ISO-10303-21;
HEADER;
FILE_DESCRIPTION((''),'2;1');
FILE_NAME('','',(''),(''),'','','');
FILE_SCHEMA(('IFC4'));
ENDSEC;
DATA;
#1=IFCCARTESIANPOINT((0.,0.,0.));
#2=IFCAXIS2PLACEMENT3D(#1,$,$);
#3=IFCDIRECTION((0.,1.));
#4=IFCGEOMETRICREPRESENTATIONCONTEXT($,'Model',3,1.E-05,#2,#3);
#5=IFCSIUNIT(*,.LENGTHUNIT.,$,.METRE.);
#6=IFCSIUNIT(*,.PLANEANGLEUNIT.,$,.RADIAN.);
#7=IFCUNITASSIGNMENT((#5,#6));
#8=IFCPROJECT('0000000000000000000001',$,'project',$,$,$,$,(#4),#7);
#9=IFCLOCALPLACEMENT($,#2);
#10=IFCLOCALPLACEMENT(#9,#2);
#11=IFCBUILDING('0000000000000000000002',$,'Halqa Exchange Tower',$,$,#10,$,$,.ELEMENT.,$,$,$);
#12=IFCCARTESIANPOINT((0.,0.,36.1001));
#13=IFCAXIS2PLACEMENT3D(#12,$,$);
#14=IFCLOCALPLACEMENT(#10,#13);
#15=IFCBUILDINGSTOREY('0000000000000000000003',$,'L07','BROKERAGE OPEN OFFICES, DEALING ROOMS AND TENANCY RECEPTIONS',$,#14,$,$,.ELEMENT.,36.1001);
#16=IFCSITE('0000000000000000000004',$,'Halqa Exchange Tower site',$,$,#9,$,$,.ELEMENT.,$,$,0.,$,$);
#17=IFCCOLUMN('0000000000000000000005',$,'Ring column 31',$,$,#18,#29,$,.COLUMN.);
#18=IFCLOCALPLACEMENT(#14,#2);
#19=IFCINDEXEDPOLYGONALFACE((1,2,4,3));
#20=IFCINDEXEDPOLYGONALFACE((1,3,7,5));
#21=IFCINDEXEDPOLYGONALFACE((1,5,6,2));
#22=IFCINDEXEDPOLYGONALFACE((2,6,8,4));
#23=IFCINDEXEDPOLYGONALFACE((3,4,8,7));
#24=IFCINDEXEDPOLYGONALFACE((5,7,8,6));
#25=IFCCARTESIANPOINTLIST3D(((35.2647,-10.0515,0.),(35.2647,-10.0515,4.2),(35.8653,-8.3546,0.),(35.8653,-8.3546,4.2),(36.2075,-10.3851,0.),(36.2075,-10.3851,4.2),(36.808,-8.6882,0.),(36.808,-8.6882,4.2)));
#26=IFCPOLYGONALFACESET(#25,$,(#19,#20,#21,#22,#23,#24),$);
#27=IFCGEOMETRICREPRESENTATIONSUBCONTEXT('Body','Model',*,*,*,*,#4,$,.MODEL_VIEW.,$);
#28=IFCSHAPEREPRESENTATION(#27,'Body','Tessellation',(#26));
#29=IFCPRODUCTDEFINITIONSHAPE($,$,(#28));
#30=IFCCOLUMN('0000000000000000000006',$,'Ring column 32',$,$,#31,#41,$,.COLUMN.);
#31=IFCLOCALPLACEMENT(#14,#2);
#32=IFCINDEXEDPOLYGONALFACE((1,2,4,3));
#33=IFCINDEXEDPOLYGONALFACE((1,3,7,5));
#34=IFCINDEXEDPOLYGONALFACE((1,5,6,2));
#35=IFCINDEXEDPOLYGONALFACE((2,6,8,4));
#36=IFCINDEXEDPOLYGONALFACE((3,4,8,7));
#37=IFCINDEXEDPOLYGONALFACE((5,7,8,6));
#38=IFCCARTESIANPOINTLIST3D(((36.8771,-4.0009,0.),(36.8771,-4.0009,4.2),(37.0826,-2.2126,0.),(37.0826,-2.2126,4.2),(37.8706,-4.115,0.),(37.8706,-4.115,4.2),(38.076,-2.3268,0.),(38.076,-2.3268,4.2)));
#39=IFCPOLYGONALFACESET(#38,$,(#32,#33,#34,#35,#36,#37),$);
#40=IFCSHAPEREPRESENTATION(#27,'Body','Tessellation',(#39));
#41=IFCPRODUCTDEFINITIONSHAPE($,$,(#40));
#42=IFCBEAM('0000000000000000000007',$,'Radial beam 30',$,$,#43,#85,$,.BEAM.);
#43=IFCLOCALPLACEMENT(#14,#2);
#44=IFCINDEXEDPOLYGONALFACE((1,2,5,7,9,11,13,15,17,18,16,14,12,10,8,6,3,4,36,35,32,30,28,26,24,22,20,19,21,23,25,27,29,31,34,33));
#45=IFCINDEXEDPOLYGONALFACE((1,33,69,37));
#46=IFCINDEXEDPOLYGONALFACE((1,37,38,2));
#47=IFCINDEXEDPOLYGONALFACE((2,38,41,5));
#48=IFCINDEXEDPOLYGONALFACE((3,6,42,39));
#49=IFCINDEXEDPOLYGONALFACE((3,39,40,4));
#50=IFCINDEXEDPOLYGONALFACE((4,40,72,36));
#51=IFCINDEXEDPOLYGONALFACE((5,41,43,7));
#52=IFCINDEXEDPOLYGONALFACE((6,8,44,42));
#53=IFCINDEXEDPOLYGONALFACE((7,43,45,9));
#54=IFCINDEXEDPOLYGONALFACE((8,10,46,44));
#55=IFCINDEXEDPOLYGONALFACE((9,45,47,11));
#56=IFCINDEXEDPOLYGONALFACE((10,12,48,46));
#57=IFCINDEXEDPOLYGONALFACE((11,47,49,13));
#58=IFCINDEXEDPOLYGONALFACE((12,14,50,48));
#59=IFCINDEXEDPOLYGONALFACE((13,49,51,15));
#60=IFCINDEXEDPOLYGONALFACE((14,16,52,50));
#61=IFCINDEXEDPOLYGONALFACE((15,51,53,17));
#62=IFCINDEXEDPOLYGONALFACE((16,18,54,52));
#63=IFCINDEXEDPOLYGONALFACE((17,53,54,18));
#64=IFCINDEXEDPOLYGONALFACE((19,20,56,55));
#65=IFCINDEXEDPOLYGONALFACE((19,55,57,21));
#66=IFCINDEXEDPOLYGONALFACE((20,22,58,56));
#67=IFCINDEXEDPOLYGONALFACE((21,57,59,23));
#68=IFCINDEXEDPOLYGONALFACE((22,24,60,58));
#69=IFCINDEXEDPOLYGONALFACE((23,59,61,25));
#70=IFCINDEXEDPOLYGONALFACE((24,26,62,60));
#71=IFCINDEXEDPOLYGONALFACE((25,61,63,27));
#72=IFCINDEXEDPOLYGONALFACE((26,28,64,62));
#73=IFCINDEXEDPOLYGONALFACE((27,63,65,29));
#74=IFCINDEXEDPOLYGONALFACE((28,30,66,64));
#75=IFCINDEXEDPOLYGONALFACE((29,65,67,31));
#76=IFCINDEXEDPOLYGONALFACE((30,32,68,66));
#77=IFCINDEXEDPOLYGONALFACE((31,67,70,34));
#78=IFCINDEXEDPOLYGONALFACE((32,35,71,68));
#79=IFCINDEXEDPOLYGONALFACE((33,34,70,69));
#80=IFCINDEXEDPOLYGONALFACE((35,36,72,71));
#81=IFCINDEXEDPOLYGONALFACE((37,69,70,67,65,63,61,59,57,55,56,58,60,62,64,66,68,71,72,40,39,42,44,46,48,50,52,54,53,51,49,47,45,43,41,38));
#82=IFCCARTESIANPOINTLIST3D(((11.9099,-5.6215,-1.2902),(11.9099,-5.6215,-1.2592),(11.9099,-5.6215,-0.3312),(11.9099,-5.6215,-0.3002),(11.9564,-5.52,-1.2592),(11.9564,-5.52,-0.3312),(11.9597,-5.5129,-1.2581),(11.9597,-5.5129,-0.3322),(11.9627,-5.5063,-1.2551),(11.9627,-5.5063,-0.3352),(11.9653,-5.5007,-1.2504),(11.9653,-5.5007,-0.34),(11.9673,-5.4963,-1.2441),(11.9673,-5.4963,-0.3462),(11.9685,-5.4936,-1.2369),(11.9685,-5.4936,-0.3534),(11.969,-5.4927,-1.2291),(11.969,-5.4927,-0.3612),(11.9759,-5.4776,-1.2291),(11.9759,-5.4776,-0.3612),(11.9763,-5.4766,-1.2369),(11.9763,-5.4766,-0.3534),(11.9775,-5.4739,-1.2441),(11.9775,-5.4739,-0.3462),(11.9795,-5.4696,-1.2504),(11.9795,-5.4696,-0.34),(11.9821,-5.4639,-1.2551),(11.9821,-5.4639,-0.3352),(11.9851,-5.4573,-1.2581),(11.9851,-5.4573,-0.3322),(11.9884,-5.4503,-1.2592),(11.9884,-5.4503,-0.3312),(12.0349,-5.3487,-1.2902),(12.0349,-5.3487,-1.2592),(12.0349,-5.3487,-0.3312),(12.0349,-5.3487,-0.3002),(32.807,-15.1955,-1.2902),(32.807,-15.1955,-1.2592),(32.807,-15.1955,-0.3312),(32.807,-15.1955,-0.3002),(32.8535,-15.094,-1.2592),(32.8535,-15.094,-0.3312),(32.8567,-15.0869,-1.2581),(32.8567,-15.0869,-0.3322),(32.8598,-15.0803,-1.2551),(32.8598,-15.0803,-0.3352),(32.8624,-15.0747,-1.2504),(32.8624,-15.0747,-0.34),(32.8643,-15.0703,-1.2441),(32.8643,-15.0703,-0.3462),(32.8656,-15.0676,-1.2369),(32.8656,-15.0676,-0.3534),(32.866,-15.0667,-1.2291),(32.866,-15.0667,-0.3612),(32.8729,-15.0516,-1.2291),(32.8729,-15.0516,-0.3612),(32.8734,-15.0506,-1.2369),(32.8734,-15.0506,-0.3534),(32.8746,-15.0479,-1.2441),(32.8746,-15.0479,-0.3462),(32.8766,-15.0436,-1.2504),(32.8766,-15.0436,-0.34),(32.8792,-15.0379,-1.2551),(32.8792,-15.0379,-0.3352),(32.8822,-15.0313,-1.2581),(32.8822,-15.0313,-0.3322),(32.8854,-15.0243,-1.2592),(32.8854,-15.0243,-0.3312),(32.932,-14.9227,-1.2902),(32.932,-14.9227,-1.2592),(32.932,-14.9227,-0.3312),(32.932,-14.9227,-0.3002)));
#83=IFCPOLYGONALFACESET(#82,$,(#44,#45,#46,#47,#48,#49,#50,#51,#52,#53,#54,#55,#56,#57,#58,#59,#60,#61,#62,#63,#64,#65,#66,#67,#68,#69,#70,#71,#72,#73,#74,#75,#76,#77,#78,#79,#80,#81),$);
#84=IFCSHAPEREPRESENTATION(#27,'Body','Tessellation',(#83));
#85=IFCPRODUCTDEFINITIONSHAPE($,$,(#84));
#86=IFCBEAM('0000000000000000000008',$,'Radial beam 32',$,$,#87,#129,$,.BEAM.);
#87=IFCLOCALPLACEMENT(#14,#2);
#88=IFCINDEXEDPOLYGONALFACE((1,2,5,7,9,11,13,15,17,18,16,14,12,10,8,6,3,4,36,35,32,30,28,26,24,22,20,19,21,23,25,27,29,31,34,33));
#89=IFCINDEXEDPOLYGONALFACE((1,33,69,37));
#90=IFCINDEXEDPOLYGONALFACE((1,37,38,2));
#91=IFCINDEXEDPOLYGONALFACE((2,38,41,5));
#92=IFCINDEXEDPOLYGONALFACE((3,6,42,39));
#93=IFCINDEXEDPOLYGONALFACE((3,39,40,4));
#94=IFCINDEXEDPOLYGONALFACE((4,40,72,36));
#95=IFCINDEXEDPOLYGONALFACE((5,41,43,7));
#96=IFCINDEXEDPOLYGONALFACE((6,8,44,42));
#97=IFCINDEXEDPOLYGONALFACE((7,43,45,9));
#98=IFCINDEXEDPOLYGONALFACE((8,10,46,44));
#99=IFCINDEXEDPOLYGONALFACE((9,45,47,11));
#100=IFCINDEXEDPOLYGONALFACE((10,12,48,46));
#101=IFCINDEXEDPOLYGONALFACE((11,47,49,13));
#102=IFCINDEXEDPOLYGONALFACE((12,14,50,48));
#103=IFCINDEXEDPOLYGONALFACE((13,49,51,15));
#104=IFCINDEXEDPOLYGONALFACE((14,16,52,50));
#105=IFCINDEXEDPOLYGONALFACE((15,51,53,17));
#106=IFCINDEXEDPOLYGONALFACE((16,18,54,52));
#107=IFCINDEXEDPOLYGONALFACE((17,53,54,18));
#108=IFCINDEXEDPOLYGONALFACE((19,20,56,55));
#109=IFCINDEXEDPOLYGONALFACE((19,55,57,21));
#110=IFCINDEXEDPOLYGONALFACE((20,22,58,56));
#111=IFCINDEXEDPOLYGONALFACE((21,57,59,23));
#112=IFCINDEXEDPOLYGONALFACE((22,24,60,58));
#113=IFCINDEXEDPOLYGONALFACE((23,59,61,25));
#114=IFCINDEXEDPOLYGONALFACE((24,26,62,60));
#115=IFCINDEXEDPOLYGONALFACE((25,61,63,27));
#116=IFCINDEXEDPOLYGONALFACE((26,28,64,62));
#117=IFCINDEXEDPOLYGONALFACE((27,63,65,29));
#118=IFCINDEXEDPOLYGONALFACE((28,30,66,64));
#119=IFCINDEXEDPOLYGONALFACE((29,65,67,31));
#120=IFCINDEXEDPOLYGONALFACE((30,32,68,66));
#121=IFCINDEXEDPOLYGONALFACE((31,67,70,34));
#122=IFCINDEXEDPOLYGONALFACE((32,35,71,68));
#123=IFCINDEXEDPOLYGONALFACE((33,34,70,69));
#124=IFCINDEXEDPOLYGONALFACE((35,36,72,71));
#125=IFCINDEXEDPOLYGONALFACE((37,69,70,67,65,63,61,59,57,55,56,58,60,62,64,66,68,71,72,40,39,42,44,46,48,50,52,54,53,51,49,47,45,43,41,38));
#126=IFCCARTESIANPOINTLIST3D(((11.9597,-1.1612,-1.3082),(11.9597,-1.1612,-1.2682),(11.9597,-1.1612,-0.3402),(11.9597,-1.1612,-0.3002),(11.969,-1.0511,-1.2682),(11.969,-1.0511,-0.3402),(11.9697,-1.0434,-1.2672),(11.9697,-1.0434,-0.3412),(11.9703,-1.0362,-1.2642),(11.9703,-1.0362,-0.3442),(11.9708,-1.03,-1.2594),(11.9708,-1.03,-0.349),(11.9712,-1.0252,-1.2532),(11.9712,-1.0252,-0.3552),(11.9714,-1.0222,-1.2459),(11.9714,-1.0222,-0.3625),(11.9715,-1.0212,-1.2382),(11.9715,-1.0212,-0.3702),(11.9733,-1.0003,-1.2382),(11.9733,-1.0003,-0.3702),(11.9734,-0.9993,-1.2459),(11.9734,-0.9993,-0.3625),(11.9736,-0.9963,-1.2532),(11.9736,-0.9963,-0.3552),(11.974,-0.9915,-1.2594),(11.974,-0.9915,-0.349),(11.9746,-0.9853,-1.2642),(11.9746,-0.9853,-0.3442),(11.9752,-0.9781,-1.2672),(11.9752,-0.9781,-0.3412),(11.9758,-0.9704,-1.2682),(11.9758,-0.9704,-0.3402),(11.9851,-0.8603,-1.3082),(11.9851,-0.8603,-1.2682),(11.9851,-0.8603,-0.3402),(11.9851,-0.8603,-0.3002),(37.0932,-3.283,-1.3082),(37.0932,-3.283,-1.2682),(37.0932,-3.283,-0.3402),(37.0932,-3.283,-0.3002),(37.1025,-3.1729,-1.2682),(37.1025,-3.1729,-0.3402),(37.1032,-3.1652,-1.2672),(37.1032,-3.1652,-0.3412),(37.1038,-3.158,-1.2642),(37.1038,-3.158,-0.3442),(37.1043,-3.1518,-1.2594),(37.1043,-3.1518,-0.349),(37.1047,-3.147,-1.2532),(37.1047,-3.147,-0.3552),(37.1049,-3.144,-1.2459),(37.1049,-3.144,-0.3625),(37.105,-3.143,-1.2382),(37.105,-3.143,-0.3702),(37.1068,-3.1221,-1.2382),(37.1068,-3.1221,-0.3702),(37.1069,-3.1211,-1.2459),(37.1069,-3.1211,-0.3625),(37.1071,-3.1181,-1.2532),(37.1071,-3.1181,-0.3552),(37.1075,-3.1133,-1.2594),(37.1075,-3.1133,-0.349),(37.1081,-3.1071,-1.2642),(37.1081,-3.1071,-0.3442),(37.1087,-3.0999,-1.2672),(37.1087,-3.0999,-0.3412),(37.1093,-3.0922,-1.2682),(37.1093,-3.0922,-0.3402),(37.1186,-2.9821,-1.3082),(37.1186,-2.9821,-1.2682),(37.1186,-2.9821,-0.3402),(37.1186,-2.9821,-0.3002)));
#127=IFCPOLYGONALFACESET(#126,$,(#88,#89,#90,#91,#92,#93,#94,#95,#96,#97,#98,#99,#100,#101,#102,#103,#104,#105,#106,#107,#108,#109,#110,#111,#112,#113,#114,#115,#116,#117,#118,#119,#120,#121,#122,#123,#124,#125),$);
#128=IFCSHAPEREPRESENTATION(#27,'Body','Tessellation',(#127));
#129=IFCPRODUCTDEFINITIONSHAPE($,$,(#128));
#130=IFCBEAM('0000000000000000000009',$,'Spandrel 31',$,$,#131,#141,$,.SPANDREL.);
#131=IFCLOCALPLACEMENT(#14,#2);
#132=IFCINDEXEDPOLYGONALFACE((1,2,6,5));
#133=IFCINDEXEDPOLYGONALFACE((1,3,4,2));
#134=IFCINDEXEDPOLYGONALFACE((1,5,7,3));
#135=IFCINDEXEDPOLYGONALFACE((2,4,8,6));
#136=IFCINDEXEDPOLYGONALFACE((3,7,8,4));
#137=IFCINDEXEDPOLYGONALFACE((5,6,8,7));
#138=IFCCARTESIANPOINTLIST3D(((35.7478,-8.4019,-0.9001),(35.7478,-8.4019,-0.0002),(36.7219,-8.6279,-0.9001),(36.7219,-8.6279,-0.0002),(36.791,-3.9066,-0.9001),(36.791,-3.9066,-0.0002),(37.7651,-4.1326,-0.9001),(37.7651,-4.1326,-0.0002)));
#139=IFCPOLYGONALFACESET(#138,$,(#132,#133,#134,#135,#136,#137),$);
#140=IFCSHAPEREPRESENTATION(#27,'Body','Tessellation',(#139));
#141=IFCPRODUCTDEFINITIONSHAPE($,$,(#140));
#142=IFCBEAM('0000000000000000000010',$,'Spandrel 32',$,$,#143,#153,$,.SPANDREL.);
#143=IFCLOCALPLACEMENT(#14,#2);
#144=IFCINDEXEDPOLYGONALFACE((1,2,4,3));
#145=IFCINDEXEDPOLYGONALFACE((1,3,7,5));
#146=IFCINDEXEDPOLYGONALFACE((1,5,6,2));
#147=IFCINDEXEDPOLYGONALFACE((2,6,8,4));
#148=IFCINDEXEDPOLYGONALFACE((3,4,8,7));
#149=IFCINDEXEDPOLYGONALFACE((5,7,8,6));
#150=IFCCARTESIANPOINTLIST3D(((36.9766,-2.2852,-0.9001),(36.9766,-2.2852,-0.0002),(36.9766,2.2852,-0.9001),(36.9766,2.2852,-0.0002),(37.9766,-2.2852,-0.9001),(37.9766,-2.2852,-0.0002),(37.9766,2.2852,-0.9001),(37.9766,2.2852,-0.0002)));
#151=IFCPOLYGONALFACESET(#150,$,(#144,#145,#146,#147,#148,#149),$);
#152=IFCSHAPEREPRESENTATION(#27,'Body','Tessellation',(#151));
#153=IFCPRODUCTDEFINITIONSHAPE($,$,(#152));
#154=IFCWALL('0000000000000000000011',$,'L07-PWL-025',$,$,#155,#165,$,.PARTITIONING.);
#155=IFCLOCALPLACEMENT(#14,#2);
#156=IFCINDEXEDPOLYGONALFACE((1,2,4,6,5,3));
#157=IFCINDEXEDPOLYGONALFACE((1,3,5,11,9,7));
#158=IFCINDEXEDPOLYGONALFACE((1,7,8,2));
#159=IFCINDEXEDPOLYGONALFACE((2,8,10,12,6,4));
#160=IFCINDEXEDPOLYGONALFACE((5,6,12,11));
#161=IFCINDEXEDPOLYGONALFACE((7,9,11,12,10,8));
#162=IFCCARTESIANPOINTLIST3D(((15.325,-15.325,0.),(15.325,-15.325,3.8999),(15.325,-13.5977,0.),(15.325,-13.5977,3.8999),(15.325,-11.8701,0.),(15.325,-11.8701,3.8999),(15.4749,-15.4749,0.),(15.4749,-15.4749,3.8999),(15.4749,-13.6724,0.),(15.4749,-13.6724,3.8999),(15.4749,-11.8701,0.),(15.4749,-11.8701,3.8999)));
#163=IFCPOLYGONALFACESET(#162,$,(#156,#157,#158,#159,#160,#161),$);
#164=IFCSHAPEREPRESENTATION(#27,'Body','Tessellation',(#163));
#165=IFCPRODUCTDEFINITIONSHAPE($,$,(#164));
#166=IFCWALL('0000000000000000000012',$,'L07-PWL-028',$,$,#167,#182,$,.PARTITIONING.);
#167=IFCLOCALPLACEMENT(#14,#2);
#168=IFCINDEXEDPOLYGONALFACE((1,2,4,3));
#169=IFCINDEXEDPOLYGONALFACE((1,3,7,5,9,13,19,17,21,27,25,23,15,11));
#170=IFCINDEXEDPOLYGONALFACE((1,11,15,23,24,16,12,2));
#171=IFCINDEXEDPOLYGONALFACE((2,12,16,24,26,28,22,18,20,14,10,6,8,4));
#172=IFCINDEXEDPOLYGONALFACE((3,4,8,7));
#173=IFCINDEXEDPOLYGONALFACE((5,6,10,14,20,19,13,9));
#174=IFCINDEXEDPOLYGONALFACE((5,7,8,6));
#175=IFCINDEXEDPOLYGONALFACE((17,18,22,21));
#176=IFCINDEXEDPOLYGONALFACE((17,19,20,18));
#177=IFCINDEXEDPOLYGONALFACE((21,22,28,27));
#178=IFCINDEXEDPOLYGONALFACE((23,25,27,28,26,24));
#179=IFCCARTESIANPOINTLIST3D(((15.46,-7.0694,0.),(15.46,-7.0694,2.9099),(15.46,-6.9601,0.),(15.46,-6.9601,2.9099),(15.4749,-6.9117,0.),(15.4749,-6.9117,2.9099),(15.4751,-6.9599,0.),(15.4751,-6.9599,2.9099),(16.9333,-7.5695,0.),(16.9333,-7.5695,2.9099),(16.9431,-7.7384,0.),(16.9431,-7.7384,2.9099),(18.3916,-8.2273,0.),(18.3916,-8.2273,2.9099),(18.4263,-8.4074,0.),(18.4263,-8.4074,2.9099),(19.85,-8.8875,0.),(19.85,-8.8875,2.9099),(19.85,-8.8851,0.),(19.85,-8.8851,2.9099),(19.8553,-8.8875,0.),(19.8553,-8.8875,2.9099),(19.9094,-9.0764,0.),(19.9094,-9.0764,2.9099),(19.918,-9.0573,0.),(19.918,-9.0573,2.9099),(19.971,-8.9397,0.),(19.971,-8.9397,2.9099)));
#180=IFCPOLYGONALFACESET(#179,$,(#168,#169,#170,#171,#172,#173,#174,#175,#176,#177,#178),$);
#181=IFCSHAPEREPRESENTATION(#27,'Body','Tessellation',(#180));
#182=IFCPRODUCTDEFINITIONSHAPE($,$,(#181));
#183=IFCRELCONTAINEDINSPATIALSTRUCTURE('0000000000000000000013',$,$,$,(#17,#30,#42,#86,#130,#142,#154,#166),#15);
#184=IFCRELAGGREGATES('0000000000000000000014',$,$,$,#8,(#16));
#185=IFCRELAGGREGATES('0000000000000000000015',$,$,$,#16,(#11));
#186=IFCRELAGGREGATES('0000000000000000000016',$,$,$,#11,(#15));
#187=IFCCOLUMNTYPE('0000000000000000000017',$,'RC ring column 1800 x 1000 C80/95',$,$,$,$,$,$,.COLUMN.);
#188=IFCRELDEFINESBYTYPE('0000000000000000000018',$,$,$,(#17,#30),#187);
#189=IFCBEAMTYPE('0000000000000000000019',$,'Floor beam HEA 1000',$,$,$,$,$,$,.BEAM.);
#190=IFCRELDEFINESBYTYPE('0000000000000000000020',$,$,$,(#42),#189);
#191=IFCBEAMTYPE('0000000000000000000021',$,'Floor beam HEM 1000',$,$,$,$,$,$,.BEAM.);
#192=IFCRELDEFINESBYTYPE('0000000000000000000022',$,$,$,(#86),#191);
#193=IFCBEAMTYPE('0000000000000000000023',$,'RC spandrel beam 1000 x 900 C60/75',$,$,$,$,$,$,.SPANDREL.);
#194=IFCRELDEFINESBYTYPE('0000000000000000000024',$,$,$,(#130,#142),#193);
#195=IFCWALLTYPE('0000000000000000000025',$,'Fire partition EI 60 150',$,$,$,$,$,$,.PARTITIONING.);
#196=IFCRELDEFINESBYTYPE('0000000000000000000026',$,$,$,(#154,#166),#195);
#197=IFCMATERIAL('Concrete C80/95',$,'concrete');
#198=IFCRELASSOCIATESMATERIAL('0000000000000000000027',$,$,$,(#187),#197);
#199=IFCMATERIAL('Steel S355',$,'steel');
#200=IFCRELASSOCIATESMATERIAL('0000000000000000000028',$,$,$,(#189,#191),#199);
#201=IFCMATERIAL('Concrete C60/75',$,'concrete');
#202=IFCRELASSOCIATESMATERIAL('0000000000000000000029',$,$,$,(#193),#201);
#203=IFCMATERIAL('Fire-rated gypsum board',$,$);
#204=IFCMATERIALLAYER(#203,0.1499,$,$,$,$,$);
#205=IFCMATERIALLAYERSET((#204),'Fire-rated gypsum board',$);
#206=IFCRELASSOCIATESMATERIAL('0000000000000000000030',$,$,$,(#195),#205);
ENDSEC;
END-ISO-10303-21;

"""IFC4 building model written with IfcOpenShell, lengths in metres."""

from ifc_helpers import new_model, si_unit, direction, frame, origin, origin_2d, place, context, subcontext, project, spatial, polyline, rectangle, i_section, outline, extrude, material, layer, layer_set, material_profile, profile_set, type_object, element, save


model = new_model("IFC4")

# Units and contexts
model_context = context("Model", 3, precision=1e-05, world=origin(), true_north=direction((0.0, 1.0)))
body_context = subcontext(model_context, "Body", "Model", "MODEL_VIEW")
ifc_project = project(units=[si_unit("LENGTHUNIT", "METRE"), si_unit("PLANEANGLEUNIT", "RADIAN")], contexts=[model_context])

# Site, building, storey
site_placement = place(None, origin())
site = spatial("IfcSite", under=ifc_project, at=site_placement, Name="Halqa Exchange Tower site", CompositionType="ELEMENT", RefElevation=0.0)
building_placement = place(site_placement, origin())
building = spatial("IfcBuilding", under=site, at=building_placement, Name="Halqa Exchange Tower", CompositionType="ELEMENT")
storey_placement = place(building_placement, frame((0.0, 0.0, 36.1001)))
storey = spatial("IfcBuildingStorey", under=building, at=storey_placement, Name="L07", Description="BROKERAGE OPEN OFFICES, DEALING ROOMS AND TENANCY RECEPTIONS", CompositionType="ELEMENT", Elevation=36.1001)

# Columns
ifc_material_1 = material(Name="Concrete C80/95", Category="concrete")
ifc_material_profile_1 = material_profile(ifc_material_1, rectangle(XDim=1.8, YDim=1.0, at=origin_2d()), Name="1800 x 1000")
ifc_profile_set_1 = profile_set([ifc_material_profile_1], Name="Concrete C80/95")
column_type = type_object("IfcColumnType", Name="RC ring column 1800 x 1000 C80/95", PredefinedType="COLUMN", material=ifc_profile_set_1)
for number, where, z_axis, x_axis, name in (
    (1, (36.0364, -9.3699, 0.0), (0.0, 0.0, 1.0), (0.333631, 0.942704, 0.0), "Ring column 31"),
    (2, (37.4766, -3.1638, 0.0), (0.0, 0.0, 1.0), (0.114155, 0.993463, 0.0), "Ring column 32"),
):
    element("IfcColumn", number, at=place(storey_placement, frame(where, z_axis=z_axis, x_axis=x_axis)), inside=storey, type_object=column_type, Name=name, PredefinedType="COLUMN", context=body_context, shape_type="SweptSolid", body=[
        extrude(rectangle(XDim=1.8, YDim=1.0, at=origin_2d()), origin(), (0.0, 0.0, 1.0), 4.2),
    ])

# Beams
ifc_material_2 = material(Name="Steel S355", Category="steel")
ifc_material_profile_2 = material_profile(ifc_material_2, i_section(OverallWidth=0.3, OverallDepth=0.99, WebThickness=0.0166, FlangeThickness=0.031, FilletRadius=0.03, at=origin_2d()), Name="HEA 1000")
ifc_profile_set_2 = profile_set([ifc_material_profile_2], Name="Steel S355")
beam_type_1 = type_object("IfcBeamType", Name="Floor beam HEA 1000", PredefinedType="BEAM", material=ifc_profile_set_2)
beam_1_placement = place(storey_placement, frame((11.9724, -5.4851, -0.7952), z_axis=(0.909128, -0.416518, 0.0), x_axis=(0.416518, 0.909128, 0.0)))
element("IfcBeam", 3, at=beam_1_placement, inside=storey, type_object=beam_type_1, Name="Radial beam 30", PredefinedType="BEAM", context=body_context, shape_type="SweptSolid", body=[
    extrude(i_section(OverallWidth=0.3, OverallDepth=0.99, WebThickness=0.0166, FlangeThickness=0.031, FilletRadius=0.03, at=origin_2d()), origin(), (0.0, 0.0, 1.0), 22.9858),
])
ifc_material_profile_3 = material_profile(ifc_material_2, i_section(OverallWidth=0.302, OverallDepth=1.0081, WebThickness=0.021, FlangeThickness=0.04, FilletRadius=0.03, at=origin_2d()), Name="HEM 1000")
ifc_profile_set_3 = profile_set([ifc_material_profile_3], Name="Steel S355")
beam_type_2 = type_object("IfcBeamType", Name="Floor beam HEM 1000", PredefinedType="BEAM", material=ifc_profile_set_3)
beam_2_placement = place(storey_placement, frame((11.9724, -1.0107, -0.8042), z_axis=(0.996455, -0.084123, 0.0), x_axis=(0.084123, 0.996455, 0.0)))
element("IfcBeam", 4, at=beam_2_placement, inside=storey, type_object=beam_type_2, Name="Radial beam 32", PredefinedType="BEAM", context=body_context, shape_type="SweptSolid", body=[
    extrude(i_section(OverallWidth=0.302, OverallDepth=1.0081, WebThickness=0.021, FlangeThickness=0.04, FilletRadius=0.03, at=origin_2d()), origin(), (0.0, 0.0, 1.0), 25.2229),
])
ifc_material_3 = material(Name="Concrete C60/75", Category="concrete")
ifc_material_profile_4 = material_profile(ifc_material_3, rectangle(XDim=1.0, YDim=0.8999, at=origin_2d()), Name="1000 x 900")
ifc_profile_set_4 = profile_set([ifc_material_profile_4], Name="Concrete C60/75")
beam_type_3 = type_object("IfcBeamType", Name="RC spandrel beam 1000 x 900 C60/75", PredefinedType="SPANDREL", material=ifc_profile_set_4)
beam_3_placement = place(storey_placement, frame((36.2349, -8.5149, -0.4502), z_axis=(0.226057, 0.974114, 0.0), x_axis=(-0.974114, 0.226057, 0.0)))
element("IfcBeam", 5, at=beam_3_placement, inside=storey, type_object=beam_type_3, Name="Spandrel 31", PredefinedType="SPANDREL", context=body_context, shape_type="SweptSolid", body=[
    extrude(rectangle(XDim=1.0, YDim=0.8999, at=origin_2d()), origin(), (0.0, 0.0, 1.0), 4.6147),
])
beam_4_placement = place(storey_placement, frame((37.4766, -2.2852, -0.4502), z_axis=(0.0, 1.0, 0.0), x_axis=(-1.0, 0.0, 0.0)))
element("IfcBeam", 6, at=beam_4_placement, inside=storey, type_object=beam_type_3, Name="Spandrel 32", PredefinedType="SPANDREL", context=body_context, shape_type="SweptSolid", body=[
    extrude(rectangle(XDim=1.0, YDim=0.8999, at=origin_2d()), origin(), (0.0, 0.0, 1.0), 4.5703),
])

# Wall
ifc_material_4 = material(Name="Fire-rated gypsum board")
ifc_layer_1 = layer(ifc_material_4, 0.1499)
ifc_layer_set_1 = layer_set([ifc_layer_1], Name="Fire-rated gypsum board")
wall_type_1 = type_object("IfcWallType", Name="Fire partition EI 60 150", PredefinedType="PARTITIONING", material=ifc_layer_set_1)
wall_1_placement = place(storey_placement, frame((15.3999, -11.8701, 0.0), z_axis=(0.0, 0.0, 1.0), x_axis=(0.0, -1.0, 0.0)))
element("IfcWall", 7, at=wall_1_placement, inside=storey, type_object=wall_type_1, Name="L07-PWL-025", PredefinedType="PARTITIONING", context=body_context, shape_type="SweptSolid", body=[
    extrude(outline(polyline([(0.0, -0.075), (1.7275, -0.075), (3.4548, -0.075), (3.6047, 0.075), (1.8022, 0.075), (0.0, 0.075), (0.0, -0.075)])), origin(), (0.0, 0.0, 1.0), 3.8999),
])

# Wall
wall_2_placement = place(storey_placement, frame((15.4441, -6.98, 0.0), z_axis=(0.0, 0.0, 1.0), x_axis=(0.911554, -0.41118, 0.0)))
element("IfcWall", 8, at=wall_2_placement, inside=storey, type_object=wall_type_1, Name="L07-PWL-028", PredefinedType="PARTITIONING", context=body_context, shape_type="SweptSolid", body=[
    extrude(outline(polyline([(0.0513, -0.075), (1.6782, -0.075), (3.3054, -0.075), (4.9324, -0.075), (4.9324, -0.054), (4.9324, 0.075), (4.8054, 0.075), (4.8005, 0.0728), (4.7996, 0.075), (3.1997, 0.075), (1.5999, 0.075), (0.0, 0.075), (0.02, 0.031), (0.0063, 0.0247), (0.0513, -0.075)])), origin(), (0.0, 0.0, 1.0), 2.9099),
])

save(model, "model.ifc")
